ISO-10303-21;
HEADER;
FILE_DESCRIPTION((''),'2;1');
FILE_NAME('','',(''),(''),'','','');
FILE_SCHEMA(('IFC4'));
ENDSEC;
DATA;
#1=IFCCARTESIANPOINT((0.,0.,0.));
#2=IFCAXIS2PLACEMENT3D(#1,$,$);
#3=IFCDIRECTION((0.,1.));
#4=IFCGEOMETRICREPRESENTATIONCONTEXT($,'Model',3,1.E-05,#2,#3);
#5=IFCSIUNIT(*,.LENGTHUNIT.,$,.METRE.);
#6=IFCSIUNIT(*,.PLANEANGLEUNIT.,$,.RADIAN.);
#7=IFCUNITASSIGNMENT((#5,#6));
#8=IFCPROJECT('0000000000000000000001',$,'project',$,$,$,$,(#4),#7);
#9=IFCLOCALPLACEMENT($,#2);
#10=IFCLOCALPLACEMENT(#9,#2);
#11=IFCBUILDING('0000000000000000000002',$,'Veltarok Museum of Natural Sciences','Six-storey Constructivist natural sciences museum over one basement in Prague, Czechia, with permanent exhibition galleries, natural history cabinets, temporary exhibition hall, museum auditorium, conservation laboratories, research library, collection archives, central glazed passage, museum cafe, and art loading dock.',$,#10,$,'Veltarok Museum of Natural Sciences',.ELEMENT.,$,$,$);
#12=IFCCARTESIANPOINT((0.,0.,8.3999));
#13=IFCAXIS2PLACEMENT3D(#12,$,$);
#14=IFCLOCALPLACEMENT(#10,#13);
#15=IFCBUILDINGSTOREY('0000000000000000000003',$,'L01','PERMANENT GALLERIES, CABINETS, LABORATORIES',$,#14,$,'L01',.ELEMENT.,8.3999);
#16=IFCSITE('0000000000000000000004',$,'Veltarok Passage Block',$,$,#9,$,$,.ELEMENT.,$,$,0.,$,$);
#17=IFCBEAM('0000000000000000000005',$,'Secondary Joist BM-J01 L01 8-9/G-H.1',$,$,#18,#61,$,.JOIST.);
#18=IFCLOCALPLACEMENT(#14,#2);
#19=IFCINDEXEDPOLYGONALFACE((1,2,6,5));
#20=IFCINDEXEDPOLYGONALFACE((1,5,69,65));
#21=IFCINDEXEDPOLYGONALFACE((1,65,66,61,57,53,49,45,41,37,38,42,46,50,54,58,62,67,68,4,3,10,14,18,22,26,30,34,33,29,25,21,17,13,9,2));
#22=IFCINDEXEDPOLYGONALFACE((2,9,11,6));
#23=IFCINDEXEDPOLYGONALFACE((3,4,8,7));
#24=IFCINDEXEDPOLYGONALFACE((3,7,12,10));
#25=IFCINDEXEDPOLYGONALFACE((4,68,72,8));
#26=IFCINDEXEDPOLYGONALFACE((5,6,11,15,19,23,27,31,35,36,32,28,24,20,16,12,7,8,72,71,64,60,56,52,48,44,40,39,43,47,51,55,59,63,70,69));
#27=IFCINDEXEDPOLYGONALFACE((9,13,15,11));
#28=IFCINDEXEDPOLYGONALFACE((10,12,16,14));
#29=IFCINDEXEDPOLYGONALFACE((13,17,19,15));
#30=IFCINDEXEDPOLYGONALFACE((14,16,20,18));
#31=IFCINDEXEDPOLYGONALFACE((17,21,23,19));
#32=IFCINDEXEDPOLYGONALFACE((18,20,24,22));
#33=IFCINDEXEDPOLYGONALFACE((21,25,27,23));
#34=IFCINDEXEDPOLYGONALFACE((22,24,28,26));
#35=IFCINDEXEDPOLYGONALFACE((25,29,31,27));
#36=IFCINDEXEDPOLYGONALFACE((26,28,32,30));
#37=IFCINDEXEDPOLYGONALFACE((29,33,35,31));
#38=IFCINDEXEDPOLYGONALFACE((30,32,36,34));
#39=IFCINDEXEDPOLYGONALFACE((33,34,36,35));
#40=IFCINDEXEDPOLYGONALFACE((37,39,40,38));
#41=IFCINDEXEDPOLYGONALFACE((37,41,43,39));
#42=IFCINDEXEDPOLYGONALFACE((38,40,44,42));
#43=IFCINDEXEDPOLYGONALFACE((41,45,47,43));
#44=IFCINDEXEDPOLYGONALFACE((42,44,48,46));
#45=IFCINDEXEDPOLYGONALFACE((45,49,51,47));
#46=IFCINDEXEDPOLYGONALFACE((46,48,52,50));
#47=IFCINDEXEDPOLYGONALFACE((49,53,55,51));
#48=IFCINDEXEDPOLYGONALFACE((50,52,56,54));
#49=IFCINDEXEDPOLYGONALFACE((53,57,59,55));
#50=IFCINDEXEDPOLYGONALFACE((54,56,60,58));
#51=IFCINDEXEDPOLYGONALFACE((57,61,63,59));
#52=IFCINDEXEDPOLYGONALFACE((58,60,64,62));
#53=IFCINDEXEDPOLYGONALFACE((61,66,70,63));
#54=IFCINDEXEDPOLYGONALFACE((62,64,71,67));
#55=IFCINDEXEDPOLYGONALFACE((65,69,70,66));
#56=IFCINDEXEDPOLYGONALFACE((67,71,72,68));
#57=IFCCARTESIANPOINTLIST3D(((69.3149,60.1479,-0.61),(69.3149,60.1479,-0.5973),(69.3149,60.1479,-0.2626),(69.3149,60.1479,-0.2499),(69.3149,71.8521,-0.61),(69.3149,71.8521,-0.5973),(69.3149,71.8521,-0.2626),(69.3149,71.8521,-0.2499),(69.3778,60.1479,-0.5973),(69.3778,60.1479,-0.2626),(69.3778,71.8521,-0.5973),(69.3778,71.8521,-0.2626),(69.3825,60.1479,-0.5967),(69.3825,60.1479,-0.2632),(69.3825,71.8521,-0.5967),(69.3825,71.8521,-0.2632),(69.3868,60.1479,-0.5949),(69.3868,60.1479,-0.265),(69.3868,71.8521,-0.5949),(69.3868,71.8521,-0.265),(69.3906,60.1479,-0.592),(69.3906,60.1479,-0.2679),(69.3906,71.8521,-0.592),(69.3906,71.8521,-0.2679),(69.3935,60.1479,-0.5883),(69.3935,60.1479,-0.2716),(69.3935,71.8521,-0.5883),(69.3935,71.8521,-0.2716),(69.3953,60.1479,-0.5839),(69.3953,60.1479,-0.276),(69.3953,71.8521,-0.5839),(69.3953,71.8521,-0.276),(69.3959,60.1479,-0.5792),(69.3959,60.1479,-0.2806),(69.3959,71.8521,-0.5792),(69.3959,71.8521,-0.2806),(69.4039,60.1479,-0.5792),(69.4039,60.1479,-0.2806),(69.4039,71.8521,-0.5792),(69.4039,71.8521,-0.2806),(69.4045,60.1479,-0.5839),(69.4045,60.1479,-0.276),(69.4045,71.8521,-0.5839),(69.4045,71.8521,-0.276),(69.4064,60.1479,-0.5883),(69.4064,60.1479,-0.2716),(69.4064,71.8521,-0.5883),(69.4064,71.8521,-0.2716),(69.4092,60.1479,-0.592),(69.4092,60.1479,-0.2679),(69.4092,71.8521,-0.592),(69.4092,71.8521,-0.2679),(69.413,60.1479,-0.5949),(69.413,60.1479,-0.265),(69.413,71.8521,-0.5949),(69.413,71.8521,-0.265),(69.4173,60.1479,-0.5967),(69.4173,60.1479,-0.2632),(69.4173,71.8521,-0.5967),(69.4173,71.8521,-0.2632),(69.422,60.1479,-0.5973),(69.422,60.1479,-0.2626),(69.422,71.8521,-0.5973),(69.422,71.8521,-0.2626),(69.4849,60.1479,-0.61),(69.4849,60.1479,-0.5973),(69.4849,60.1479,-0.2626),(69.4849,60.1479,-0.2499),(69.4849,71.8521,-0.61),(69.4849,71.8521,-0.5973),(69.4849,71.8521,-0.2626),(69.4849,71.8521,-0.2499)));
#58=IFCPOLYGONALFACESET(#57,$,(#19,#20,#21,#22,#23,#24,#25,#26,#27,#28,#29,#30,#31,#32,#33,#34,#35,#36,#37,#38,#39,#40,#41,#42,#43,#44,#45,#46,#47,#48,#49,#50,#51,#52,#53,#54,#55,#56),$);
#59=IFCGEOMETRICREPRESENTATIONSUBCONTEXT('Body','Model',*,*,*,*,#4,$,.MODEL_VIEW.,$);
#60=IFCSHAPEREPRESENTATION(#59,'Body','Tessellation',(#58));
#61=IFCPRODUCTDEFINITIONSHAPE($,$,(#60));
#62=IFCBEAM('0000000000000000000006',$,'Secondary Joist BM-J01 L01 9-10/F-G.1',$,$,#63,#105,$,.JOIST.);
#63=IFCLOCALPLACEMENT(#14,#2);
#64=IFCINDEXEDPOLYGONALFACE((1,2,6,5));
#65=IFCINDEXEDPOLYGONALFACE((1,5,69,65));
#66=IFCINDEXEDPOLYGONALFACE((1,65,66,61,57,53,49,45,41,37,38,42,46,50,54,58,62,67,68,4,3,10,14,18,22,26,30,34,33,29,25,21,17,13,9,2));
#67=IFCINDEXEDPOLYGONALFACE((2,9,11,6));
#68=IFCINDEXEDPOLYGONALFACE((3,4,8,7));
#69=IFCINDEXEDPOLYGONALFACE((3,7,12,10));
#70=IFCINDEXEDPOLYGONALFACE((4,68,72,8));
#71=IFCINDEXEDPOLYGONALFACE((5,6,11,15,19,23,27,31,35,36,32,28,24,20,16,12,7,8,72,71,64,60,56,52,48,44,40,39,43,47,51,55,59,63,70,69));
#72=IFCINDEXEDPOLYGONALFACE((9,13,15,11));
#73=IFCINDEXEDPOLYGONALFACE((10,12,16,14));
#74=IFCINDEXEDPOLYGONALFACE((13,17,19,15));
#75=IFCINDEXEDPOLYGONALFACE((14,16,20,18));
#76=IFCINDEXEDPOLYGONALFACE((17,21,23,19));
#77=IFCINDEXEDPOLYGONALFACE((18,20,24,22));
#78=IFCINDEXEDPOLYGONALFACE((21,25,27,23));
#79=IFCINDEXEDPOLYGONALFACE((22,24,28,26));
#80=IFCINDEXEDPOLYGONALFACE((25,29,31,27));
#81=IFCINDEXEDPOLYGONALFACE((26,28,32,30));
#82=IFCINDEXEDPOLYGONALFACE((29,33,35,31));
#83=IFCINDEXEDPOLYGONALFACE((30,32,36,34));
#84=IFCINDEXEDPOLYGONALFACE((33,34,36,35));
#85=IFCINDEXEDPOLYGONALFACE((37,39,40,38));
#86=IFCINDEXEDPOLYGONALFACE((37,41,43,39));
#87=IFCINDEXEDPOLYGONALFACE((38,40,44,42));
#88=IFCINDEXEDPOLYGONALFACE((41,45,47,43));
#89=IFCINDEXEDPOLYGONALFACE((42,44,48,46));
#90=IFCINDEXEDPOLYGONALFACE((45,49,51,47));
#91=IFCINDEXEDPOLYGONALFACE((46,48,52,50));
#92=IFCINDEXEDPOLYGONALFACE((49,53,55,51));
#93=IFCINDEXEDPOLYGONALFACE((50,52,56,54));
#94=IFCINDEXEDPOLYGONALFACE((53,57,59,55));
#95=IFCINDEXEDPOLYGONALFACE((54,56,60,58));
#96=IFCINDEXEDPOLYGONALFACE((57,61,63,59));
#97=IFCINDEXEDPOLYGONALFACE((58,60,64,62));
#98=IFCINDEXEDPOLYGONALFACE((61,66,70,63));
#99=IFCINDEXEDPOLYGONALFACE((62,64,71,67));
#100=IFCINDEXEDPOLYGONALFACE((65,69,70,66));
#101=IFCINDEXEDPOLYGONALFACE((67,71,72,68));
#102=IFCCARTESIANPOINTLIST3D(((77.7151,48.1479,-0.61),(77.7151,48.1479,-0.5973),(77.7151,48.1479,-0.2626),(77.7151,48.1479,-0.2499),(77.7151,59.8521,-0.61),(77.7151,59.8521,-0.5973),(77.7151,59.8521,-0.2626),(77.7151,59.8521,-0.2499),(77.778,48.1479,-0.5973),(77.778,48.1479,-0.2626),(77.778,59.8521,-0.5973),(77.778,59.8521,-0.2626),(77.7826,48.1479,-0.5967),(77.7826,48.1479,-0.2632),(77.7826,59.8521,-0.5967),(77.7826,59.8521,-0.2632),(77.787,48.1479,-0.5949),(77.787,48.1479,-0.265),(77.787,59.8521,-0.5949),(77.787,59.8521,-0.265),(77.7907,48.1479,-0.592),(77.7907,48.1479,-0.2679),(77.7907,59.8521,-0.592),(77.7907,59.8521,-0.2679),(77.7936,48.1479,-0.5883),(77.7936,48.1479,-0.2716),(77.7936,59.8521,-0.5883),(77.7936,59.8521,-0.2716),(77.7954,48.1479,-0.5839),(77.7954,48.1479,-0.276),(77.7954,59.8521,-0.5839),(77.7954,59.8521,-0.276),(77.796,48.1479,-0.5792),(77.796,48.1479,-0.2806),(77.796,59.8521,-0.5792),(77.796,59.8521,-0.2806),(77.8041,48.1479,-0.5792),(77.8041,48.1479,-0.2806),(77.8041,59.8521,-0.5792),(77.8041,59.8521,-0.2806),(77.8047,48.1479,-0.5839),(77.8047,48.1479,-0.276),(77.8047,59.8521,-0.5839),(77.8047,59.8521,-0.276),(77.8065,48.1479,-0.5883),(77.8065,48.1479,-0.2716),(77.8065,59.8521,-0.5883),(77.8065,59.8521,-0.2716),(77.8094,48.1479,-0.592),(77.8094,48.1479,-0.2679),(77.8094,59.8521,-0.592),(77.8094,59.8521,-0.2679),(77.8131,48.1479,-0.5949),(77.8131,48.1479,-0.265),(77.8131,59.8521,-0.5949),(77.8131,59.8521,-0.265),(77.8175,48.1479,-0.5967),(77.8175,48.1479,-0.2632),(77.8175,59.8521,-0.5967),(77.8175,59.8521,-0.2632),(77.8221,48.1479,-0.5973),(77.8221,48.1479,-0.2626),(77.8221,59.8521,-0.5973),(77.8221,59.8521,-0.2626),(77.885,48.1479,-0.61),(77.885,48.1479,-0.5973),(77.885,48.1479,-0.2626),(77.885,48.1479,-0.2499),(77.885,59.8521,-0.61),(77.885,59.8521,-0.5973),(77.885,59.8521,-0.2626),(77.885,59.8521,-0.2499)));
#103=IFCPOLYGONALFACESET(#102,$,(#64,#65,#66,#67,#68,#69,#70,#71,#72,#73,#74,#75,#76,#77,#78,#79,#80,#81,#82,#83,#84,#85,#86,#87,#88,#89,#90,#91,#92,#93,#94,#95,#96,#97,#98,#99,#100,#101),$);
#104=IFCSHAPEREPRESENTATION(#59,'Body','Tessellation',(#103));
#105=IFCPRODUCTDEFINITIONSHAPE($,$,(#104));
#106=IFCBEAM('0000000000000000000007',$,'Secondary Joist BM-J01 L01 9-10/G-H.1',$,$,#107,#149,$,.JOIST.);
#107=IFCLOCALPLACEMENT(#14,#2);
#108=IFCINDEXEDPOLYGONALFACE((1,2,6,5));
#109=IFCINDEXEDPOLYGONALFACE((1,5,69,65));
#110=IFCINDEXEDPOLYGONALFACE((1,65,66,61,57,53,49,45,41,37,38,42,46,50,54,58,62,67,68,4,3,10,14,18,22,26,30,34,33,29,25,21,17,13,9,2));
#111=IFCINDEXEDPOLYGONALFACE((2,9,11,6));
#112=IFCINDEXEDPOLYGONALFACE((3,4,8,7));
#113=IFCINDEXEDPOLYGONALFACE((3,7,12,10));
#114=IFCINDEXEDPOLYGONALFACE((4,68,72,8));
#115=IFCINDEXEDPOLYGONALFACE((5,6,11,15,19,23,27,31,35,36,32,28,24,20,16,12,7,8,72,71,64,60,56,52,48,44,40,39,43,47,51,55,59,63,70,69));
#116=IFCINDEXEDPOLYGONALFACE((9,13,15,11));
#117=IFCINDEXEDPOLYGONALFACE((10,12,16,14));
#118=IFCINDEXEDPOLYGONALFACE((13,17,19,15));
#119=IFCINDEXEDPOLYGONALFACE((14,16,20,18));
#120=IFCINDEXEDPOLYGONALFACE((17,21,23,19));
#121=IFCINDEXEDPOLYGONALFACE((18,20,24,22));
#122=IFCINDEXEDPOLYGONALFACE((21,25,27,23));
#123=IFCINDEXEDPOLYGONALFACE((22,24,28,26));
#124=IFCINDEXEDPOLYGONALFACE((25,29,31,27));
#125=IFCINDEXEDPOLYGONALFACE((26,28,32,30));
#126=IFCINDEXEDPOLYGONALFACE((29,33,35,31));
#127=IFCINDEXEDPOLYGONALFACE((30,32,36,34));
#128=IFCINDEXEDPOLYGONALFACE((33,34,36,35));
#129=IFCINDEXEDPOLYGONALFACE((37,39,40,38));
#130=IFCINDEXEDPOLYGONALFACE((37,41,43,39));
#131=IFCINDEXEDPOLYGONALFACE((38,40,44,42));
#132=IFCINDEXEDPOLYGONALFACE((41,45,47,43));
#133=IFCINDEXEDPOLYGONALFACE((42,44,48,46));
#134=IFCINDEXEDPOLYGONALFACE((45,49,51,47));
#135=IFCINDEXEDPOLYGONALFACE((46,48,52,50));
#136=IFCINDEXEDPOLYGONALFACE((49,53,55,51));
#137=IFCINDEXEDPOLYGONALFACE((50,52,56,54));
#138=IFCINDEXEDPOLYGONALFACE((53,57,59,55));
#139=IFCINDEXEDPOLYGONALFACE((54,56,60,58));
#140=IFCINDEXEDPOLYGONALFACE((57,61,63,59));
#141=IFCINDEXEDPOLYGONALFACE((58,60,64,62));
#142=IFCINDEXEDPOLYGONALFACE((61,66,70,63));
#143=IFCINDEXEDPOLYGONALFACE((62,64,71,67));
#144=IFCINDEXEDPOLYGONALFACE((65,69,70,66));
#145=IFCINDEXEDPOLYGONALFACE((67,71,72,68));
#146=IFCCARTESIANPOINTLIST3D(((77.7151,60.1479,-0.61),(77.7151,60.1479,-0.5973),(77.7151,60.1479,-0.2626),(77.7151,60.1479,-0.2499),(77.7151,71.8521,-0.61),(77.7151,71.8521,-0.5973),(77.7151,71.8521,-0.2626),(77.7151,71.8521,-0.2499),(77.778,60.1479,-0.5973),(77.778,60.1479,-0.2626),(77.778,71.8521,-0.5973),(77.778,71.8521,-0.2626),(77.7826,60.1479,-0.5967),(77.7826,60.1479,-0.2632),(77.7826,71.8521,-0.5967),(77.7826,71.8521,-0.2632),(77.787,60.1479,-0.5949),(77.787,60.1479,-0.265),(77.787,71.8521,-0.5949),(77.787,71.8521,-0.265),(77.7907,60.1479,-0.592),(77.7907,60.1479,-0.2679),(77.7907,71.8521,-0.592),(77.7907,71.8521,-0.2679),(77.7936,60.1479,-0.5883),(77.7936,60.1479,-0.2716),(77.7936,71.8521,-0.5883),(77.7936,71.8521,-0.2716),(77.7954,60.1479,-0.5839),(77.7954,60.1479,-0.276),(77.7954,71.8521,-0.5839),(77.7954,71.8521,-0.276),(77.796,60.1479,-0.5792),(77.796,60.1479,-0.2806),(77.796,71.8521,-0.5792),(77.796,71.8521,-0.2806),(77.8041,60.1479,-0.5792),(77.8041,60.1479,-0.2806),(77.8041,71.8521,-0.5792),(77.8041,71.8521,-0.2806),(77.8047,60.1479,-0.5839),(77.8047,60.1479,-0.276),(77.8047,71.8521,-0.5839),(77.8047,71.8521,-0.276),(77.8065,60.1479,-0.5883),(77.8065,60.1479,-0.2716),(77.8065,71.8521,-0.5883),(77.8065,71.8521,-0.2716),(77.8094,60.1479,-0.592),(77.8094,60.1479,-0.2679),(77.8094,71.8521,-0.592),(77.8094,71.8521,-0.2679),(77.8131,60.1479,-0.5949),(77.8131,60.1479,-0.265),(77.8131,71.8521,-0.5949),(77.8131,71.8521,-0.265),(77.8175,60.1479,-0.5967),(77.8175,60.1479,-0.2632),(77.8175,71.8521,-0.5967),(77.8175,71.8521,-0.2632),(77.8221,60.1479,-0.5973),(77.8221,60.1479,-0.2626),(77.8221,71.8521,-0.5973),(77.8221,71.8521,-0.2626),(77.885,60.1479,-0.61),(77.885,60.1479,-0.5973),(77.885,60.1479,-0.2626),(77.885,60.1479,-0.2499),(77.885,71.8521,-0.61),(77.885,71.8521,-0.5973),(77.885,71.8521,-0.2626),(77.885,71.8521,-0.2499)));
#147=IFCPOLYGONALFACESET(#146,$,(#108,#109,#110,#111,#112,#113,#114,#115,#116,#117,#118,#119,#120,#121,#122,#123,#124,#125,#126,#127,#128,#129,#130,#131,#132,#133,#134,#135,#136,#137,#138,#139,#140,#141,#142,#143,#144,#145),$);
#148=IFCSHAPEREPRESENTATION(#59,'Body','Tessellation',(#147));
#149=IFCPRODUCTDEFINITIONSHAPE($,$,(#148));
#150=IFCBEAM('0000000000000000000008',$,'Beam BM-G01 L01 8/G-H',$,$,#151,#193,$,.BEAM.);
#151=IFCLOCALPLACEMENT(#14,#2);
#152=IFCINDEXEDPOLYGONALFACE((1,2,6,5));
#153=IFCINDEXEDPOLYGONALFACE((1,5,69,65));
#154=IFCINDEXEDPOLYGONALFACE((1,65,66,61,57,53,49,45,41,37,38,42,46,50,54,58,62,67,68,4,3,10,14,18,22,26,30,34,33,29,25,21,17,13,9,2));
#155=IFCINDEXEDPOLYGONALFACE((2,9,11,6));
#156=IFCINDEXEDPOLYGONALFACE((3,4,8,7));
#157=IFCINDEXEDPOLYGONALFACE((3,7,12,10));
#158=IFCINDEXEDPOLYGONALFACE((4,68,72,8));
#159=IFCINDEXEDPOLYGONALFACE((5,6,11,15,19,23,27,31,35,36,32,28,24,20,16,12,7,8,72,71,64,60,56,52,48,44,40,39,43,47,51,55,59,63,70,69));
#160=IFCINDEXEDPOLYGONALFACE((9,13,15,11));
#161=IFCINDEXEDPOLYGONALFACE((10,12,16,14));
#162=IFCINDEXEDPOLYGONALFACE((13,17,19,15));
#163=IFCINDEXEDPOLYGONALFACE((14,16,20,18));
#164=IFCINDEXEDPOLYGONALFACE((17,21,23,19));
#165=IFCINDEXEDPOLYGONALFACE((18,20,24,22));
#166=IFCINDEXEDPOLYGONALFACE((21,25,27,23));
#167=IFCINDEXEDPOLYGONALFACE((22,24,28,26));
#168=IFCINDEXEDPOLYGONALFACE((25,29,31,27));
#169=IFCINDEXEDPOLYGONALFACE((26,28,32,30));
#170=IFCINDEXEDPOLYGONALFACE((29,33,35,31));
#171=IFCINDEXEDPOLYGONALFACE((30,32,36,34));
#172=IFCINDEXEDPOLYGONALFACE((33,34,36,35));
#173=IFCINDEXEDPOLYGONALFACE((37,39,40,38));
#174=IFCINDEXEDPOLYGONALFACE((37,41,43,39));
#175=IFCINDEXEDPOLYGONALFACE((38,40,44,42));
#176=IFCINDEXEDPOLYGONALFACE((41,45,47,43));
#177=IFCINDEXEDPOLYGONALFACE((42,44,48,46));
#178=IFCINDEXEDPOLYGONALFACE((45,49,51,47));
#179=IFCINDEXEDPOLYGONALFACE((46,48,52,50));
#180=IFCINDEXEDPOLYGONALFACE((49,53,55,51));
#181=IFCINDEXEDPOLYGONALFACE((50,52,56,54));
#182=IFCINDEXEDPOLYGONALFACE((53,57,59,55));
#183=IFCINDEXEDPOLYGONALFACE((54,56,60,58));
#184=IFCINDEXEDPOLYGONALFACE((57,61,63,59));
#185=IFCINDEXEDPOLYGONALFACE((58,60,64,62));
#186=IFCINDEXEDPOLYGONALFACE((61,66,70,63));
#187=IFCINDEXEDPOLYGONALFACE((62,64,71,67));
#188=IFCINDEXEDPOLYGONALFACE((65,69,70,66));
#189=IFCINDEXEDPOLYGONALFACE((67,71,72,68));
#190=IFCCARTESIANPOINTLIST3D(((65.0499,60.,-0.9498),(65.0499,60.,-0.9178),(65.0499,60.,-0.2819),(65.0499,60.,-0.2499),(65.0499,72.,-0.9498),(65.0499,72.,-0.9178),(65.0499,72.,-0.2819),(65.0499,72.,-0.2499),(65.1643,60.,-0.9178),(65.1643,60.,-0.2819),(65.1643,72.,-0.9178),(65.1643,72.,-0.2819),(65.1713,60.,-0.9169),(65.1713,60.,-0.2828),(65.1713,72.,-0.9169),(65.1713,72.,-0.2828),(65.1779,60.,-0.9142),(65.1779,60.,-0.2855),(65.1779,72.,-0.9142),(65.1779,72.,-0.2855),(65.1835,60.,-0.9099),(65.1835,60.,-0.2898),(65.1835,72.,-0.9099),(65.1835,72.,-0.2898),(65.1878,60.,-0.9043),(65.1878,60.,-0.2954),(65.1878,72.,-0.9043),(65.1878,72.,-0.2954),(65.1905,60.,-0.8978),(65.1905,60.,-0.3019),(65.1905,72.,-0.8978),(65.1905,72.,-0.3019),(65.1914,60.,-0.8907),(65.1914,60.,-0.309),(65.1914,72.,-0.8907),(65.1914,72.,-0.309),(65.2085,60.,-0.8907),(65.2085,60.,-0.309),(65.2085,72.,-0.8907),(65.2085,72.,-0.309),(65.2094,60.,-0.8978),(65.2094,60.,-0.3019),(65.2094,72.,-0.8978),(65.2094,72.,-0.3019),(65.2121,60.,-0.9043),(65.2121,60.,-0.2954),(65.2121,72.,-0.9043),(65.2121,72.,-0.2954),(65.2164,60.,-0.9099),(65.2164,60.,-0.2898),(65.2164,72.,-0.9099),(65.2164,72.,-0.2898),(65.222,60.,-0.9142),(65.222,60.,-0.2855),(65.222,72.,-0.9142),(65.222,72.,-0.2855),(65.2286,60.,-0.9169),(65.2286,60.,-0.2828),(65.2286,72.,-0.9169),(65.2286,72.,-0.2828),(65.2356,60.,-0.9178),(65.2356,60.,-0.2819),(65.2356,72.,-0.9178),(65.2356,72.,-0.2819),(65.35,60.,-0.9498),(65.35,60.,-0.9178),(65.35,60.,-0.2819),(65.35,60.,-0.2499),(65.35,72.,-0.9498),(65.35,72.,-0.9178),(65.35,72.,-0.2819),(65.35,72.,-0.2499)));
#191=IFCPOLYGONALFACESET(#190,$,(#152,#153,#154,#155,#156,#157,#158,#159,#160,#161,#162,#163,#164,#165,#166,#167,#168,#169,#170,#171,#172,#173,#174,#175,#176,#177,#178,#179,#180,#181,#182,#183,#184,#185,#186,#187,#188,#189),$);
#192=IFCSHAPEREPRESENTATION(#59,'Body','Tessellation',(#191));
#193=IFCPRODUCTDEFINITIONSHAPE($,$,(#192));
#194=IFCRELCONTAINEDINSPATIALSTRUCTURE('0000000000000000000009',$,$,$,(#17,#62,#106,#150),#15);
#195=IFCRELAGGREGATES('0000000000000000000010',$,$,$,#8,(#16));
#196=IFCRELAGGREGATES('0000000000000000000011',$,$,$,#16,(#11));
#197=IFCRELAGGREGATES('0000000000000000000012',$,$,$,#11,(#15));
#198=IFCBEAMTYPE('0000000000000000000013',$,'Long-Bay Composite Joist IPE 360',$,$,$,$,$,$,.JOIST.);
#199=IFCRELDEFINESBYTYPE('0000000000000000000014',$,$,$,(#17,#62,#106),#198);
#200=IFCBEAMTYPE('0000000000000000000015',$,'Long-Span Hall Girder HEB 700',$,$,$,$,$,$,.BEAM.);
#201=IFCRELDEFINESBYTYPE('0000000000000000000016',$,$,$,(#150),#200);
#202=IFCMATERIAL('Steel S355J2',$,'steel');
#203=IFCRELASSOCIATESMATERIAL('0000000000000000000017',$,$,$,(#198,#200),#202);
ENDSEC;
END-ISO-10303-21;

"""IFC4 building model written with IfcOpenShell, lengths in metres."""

from ifc_helpers import new_model, si_unit, direction, frame, origin, origin_2d, place, context, subcontext, project, spatial, i_section, extrude, material, material_profile, profile_set, type_object, element, save


model = new_model("IFC4")

# Units and contexts
model_context = context("Model", 3, precision=1e-05, world=origin(), true_north=direction((0.0, 1.0)))
body_context = subcontext(model_context, "Body", "Model", "MODEL_VIEW")
ifc_project = project(units=[si_unit("LENGTHUNIT", "METRE"), si_unit("PLANEANGLEUNIT", "RADIAN")], contexts=[model_context])

# Site, building, storey
site_placement = place(None, origin())
site = spatial("IfcSite", under=ifc_project, at=site_placement, Name="Veltarok Passage Block", CompositionType="ELEMENT", RefElevation=0.0)
building_placement = place(site_placement, origin())
building = spatial("IfcBuilding", under=site, at=building_placement, Name="Veltarok Museum of Natural Sciences", Description="Six-storey Constructivist natural sciences museum over one basement in Prague, Czechia, with permanent exhibition galleries, natural history cabinets, temporary exhibition hall, museum auditorium, conservation laboratories, research library, collection archives, central glazed passage, museum cafe, and art loading dock.", LongName="Veltarok Museum of Natural Sciences", CompositionType="ELEMENT")
storey_placement = place(building_placement, frame((0.0, 0.0, 8.3999)))
storey = spatial("IfcBuildingStorey", under=building, at=storey_placement, Name="L01", Description="PERMANENT GALLERIES, CABINETS, LABORATORIES", LongName="L01", CompositionType="ELEMENT", Elevation=8.3999)

# Shared definitions
ifc_material_1 = material(Name="Steel S355J2", Category="steel")

# Beams
ifc_material_profile_1 = material_profile(ifc_material_1, i_section(OverallWidth=0.1699, OverallDepth=0.3601, WebThickness=0.0081, FlangeThickness=0.0127, FilletRadius=0.0181, at=origin_2d()), Name="IPE 360")
ifc_profile_set_1 = profile_set([ifc_material_profile_1], Name="Steel S355J2")
beam_type_1 = type_object("IfcBeamType", Name="Long-Bay Composite Joist IPE 360", PredefinedType="JOIST", material=ifc_profile_set_1)
for number, where, z_axis, x_axis, name in (
    (1, (69.3999, 60.1479, -0.4299), (0.0, 1.0, 0.0), (-1.0, 0.0, 0.0), "Secondary Joist BM-J01 L01 8-9/G-H.1"),
    (2, (77.8, 48.1479, -0.4299), (0.0, 1.0, 0.0), (-1.0, 0.0, 0.0), "Secondary Joist BM-J01 L01 9-10/F-G.1"),
    (3, (77.8, 60.1479, -0.4299), (0.0, 1.0, 0.0), (-1.0, 0.0, 0.0), "Secondary Joist BM-J01 L01 9-10/G-H.1"),
):
    element("IfcBeam", number, at=place(storey_placement, frame(where, z_axis=z_axis, x_axis=x_axis)), inside=storey, type_object=beam_type_1, Name=name, PredefinedType="JOIST", context=body_context, shape_type="SweptSolid", body=[
        extrude(i_section(OverallWidth=0.1699, OverallDepth=0.3601, WebThickness=0.0081, FlangeThickness=0.0127, FilletRadius=0.0181, at=origin_2d()), origin(), (0.0, 0.0, 1.0), 11.7041),
    ])
ifc_material_profile_2 = material_profile(ifc_material_1, i_section(OverallWidth=0.3, OverallDepth=0.7, WebThickness=0.0171, FlangeThickness=0.032, FilletRadius=0.0271, at=origin_2d()), Name="HEB 700")
ifc_profile_set_2 = profile_set([ifc_material_profile_2], Name="Steel S355J2")
beam_type_2 = type_object("IfcBeamType", Name="Long-Span Hall Girder HEB 700", PredefinedType="BEAM", material=ifc_profile_set_2)
for number, where, z_axis, x_axis, name in (
    (4, (65.2, 60.0, -0.5999), (0.0, 1.0, 0.0), (-1.0, 0.0, 0.0), "Beam BM-G01 L01 8/G-H"),
):
    element("IfcBeam", number, at=place(storey_placement, frame(where, z_axis=z_axis, x_axis=x_axis)), inside=storey, type_object=beam_type_2, Name=name, PredefinedType="BEAM", context=body_context, shape_type="SweptSolid", body=[
        extrude(i_section(OverallWidth=0.3, OverallDepth=0.7, WebThickness=0.0171, FlangeThickness=0.032, FilletRadius=0.0271, at=origin_2d()), origin(), (0.0, 0.0, 1.0), 12.0),
    ])

save(model, "model.ifc")
